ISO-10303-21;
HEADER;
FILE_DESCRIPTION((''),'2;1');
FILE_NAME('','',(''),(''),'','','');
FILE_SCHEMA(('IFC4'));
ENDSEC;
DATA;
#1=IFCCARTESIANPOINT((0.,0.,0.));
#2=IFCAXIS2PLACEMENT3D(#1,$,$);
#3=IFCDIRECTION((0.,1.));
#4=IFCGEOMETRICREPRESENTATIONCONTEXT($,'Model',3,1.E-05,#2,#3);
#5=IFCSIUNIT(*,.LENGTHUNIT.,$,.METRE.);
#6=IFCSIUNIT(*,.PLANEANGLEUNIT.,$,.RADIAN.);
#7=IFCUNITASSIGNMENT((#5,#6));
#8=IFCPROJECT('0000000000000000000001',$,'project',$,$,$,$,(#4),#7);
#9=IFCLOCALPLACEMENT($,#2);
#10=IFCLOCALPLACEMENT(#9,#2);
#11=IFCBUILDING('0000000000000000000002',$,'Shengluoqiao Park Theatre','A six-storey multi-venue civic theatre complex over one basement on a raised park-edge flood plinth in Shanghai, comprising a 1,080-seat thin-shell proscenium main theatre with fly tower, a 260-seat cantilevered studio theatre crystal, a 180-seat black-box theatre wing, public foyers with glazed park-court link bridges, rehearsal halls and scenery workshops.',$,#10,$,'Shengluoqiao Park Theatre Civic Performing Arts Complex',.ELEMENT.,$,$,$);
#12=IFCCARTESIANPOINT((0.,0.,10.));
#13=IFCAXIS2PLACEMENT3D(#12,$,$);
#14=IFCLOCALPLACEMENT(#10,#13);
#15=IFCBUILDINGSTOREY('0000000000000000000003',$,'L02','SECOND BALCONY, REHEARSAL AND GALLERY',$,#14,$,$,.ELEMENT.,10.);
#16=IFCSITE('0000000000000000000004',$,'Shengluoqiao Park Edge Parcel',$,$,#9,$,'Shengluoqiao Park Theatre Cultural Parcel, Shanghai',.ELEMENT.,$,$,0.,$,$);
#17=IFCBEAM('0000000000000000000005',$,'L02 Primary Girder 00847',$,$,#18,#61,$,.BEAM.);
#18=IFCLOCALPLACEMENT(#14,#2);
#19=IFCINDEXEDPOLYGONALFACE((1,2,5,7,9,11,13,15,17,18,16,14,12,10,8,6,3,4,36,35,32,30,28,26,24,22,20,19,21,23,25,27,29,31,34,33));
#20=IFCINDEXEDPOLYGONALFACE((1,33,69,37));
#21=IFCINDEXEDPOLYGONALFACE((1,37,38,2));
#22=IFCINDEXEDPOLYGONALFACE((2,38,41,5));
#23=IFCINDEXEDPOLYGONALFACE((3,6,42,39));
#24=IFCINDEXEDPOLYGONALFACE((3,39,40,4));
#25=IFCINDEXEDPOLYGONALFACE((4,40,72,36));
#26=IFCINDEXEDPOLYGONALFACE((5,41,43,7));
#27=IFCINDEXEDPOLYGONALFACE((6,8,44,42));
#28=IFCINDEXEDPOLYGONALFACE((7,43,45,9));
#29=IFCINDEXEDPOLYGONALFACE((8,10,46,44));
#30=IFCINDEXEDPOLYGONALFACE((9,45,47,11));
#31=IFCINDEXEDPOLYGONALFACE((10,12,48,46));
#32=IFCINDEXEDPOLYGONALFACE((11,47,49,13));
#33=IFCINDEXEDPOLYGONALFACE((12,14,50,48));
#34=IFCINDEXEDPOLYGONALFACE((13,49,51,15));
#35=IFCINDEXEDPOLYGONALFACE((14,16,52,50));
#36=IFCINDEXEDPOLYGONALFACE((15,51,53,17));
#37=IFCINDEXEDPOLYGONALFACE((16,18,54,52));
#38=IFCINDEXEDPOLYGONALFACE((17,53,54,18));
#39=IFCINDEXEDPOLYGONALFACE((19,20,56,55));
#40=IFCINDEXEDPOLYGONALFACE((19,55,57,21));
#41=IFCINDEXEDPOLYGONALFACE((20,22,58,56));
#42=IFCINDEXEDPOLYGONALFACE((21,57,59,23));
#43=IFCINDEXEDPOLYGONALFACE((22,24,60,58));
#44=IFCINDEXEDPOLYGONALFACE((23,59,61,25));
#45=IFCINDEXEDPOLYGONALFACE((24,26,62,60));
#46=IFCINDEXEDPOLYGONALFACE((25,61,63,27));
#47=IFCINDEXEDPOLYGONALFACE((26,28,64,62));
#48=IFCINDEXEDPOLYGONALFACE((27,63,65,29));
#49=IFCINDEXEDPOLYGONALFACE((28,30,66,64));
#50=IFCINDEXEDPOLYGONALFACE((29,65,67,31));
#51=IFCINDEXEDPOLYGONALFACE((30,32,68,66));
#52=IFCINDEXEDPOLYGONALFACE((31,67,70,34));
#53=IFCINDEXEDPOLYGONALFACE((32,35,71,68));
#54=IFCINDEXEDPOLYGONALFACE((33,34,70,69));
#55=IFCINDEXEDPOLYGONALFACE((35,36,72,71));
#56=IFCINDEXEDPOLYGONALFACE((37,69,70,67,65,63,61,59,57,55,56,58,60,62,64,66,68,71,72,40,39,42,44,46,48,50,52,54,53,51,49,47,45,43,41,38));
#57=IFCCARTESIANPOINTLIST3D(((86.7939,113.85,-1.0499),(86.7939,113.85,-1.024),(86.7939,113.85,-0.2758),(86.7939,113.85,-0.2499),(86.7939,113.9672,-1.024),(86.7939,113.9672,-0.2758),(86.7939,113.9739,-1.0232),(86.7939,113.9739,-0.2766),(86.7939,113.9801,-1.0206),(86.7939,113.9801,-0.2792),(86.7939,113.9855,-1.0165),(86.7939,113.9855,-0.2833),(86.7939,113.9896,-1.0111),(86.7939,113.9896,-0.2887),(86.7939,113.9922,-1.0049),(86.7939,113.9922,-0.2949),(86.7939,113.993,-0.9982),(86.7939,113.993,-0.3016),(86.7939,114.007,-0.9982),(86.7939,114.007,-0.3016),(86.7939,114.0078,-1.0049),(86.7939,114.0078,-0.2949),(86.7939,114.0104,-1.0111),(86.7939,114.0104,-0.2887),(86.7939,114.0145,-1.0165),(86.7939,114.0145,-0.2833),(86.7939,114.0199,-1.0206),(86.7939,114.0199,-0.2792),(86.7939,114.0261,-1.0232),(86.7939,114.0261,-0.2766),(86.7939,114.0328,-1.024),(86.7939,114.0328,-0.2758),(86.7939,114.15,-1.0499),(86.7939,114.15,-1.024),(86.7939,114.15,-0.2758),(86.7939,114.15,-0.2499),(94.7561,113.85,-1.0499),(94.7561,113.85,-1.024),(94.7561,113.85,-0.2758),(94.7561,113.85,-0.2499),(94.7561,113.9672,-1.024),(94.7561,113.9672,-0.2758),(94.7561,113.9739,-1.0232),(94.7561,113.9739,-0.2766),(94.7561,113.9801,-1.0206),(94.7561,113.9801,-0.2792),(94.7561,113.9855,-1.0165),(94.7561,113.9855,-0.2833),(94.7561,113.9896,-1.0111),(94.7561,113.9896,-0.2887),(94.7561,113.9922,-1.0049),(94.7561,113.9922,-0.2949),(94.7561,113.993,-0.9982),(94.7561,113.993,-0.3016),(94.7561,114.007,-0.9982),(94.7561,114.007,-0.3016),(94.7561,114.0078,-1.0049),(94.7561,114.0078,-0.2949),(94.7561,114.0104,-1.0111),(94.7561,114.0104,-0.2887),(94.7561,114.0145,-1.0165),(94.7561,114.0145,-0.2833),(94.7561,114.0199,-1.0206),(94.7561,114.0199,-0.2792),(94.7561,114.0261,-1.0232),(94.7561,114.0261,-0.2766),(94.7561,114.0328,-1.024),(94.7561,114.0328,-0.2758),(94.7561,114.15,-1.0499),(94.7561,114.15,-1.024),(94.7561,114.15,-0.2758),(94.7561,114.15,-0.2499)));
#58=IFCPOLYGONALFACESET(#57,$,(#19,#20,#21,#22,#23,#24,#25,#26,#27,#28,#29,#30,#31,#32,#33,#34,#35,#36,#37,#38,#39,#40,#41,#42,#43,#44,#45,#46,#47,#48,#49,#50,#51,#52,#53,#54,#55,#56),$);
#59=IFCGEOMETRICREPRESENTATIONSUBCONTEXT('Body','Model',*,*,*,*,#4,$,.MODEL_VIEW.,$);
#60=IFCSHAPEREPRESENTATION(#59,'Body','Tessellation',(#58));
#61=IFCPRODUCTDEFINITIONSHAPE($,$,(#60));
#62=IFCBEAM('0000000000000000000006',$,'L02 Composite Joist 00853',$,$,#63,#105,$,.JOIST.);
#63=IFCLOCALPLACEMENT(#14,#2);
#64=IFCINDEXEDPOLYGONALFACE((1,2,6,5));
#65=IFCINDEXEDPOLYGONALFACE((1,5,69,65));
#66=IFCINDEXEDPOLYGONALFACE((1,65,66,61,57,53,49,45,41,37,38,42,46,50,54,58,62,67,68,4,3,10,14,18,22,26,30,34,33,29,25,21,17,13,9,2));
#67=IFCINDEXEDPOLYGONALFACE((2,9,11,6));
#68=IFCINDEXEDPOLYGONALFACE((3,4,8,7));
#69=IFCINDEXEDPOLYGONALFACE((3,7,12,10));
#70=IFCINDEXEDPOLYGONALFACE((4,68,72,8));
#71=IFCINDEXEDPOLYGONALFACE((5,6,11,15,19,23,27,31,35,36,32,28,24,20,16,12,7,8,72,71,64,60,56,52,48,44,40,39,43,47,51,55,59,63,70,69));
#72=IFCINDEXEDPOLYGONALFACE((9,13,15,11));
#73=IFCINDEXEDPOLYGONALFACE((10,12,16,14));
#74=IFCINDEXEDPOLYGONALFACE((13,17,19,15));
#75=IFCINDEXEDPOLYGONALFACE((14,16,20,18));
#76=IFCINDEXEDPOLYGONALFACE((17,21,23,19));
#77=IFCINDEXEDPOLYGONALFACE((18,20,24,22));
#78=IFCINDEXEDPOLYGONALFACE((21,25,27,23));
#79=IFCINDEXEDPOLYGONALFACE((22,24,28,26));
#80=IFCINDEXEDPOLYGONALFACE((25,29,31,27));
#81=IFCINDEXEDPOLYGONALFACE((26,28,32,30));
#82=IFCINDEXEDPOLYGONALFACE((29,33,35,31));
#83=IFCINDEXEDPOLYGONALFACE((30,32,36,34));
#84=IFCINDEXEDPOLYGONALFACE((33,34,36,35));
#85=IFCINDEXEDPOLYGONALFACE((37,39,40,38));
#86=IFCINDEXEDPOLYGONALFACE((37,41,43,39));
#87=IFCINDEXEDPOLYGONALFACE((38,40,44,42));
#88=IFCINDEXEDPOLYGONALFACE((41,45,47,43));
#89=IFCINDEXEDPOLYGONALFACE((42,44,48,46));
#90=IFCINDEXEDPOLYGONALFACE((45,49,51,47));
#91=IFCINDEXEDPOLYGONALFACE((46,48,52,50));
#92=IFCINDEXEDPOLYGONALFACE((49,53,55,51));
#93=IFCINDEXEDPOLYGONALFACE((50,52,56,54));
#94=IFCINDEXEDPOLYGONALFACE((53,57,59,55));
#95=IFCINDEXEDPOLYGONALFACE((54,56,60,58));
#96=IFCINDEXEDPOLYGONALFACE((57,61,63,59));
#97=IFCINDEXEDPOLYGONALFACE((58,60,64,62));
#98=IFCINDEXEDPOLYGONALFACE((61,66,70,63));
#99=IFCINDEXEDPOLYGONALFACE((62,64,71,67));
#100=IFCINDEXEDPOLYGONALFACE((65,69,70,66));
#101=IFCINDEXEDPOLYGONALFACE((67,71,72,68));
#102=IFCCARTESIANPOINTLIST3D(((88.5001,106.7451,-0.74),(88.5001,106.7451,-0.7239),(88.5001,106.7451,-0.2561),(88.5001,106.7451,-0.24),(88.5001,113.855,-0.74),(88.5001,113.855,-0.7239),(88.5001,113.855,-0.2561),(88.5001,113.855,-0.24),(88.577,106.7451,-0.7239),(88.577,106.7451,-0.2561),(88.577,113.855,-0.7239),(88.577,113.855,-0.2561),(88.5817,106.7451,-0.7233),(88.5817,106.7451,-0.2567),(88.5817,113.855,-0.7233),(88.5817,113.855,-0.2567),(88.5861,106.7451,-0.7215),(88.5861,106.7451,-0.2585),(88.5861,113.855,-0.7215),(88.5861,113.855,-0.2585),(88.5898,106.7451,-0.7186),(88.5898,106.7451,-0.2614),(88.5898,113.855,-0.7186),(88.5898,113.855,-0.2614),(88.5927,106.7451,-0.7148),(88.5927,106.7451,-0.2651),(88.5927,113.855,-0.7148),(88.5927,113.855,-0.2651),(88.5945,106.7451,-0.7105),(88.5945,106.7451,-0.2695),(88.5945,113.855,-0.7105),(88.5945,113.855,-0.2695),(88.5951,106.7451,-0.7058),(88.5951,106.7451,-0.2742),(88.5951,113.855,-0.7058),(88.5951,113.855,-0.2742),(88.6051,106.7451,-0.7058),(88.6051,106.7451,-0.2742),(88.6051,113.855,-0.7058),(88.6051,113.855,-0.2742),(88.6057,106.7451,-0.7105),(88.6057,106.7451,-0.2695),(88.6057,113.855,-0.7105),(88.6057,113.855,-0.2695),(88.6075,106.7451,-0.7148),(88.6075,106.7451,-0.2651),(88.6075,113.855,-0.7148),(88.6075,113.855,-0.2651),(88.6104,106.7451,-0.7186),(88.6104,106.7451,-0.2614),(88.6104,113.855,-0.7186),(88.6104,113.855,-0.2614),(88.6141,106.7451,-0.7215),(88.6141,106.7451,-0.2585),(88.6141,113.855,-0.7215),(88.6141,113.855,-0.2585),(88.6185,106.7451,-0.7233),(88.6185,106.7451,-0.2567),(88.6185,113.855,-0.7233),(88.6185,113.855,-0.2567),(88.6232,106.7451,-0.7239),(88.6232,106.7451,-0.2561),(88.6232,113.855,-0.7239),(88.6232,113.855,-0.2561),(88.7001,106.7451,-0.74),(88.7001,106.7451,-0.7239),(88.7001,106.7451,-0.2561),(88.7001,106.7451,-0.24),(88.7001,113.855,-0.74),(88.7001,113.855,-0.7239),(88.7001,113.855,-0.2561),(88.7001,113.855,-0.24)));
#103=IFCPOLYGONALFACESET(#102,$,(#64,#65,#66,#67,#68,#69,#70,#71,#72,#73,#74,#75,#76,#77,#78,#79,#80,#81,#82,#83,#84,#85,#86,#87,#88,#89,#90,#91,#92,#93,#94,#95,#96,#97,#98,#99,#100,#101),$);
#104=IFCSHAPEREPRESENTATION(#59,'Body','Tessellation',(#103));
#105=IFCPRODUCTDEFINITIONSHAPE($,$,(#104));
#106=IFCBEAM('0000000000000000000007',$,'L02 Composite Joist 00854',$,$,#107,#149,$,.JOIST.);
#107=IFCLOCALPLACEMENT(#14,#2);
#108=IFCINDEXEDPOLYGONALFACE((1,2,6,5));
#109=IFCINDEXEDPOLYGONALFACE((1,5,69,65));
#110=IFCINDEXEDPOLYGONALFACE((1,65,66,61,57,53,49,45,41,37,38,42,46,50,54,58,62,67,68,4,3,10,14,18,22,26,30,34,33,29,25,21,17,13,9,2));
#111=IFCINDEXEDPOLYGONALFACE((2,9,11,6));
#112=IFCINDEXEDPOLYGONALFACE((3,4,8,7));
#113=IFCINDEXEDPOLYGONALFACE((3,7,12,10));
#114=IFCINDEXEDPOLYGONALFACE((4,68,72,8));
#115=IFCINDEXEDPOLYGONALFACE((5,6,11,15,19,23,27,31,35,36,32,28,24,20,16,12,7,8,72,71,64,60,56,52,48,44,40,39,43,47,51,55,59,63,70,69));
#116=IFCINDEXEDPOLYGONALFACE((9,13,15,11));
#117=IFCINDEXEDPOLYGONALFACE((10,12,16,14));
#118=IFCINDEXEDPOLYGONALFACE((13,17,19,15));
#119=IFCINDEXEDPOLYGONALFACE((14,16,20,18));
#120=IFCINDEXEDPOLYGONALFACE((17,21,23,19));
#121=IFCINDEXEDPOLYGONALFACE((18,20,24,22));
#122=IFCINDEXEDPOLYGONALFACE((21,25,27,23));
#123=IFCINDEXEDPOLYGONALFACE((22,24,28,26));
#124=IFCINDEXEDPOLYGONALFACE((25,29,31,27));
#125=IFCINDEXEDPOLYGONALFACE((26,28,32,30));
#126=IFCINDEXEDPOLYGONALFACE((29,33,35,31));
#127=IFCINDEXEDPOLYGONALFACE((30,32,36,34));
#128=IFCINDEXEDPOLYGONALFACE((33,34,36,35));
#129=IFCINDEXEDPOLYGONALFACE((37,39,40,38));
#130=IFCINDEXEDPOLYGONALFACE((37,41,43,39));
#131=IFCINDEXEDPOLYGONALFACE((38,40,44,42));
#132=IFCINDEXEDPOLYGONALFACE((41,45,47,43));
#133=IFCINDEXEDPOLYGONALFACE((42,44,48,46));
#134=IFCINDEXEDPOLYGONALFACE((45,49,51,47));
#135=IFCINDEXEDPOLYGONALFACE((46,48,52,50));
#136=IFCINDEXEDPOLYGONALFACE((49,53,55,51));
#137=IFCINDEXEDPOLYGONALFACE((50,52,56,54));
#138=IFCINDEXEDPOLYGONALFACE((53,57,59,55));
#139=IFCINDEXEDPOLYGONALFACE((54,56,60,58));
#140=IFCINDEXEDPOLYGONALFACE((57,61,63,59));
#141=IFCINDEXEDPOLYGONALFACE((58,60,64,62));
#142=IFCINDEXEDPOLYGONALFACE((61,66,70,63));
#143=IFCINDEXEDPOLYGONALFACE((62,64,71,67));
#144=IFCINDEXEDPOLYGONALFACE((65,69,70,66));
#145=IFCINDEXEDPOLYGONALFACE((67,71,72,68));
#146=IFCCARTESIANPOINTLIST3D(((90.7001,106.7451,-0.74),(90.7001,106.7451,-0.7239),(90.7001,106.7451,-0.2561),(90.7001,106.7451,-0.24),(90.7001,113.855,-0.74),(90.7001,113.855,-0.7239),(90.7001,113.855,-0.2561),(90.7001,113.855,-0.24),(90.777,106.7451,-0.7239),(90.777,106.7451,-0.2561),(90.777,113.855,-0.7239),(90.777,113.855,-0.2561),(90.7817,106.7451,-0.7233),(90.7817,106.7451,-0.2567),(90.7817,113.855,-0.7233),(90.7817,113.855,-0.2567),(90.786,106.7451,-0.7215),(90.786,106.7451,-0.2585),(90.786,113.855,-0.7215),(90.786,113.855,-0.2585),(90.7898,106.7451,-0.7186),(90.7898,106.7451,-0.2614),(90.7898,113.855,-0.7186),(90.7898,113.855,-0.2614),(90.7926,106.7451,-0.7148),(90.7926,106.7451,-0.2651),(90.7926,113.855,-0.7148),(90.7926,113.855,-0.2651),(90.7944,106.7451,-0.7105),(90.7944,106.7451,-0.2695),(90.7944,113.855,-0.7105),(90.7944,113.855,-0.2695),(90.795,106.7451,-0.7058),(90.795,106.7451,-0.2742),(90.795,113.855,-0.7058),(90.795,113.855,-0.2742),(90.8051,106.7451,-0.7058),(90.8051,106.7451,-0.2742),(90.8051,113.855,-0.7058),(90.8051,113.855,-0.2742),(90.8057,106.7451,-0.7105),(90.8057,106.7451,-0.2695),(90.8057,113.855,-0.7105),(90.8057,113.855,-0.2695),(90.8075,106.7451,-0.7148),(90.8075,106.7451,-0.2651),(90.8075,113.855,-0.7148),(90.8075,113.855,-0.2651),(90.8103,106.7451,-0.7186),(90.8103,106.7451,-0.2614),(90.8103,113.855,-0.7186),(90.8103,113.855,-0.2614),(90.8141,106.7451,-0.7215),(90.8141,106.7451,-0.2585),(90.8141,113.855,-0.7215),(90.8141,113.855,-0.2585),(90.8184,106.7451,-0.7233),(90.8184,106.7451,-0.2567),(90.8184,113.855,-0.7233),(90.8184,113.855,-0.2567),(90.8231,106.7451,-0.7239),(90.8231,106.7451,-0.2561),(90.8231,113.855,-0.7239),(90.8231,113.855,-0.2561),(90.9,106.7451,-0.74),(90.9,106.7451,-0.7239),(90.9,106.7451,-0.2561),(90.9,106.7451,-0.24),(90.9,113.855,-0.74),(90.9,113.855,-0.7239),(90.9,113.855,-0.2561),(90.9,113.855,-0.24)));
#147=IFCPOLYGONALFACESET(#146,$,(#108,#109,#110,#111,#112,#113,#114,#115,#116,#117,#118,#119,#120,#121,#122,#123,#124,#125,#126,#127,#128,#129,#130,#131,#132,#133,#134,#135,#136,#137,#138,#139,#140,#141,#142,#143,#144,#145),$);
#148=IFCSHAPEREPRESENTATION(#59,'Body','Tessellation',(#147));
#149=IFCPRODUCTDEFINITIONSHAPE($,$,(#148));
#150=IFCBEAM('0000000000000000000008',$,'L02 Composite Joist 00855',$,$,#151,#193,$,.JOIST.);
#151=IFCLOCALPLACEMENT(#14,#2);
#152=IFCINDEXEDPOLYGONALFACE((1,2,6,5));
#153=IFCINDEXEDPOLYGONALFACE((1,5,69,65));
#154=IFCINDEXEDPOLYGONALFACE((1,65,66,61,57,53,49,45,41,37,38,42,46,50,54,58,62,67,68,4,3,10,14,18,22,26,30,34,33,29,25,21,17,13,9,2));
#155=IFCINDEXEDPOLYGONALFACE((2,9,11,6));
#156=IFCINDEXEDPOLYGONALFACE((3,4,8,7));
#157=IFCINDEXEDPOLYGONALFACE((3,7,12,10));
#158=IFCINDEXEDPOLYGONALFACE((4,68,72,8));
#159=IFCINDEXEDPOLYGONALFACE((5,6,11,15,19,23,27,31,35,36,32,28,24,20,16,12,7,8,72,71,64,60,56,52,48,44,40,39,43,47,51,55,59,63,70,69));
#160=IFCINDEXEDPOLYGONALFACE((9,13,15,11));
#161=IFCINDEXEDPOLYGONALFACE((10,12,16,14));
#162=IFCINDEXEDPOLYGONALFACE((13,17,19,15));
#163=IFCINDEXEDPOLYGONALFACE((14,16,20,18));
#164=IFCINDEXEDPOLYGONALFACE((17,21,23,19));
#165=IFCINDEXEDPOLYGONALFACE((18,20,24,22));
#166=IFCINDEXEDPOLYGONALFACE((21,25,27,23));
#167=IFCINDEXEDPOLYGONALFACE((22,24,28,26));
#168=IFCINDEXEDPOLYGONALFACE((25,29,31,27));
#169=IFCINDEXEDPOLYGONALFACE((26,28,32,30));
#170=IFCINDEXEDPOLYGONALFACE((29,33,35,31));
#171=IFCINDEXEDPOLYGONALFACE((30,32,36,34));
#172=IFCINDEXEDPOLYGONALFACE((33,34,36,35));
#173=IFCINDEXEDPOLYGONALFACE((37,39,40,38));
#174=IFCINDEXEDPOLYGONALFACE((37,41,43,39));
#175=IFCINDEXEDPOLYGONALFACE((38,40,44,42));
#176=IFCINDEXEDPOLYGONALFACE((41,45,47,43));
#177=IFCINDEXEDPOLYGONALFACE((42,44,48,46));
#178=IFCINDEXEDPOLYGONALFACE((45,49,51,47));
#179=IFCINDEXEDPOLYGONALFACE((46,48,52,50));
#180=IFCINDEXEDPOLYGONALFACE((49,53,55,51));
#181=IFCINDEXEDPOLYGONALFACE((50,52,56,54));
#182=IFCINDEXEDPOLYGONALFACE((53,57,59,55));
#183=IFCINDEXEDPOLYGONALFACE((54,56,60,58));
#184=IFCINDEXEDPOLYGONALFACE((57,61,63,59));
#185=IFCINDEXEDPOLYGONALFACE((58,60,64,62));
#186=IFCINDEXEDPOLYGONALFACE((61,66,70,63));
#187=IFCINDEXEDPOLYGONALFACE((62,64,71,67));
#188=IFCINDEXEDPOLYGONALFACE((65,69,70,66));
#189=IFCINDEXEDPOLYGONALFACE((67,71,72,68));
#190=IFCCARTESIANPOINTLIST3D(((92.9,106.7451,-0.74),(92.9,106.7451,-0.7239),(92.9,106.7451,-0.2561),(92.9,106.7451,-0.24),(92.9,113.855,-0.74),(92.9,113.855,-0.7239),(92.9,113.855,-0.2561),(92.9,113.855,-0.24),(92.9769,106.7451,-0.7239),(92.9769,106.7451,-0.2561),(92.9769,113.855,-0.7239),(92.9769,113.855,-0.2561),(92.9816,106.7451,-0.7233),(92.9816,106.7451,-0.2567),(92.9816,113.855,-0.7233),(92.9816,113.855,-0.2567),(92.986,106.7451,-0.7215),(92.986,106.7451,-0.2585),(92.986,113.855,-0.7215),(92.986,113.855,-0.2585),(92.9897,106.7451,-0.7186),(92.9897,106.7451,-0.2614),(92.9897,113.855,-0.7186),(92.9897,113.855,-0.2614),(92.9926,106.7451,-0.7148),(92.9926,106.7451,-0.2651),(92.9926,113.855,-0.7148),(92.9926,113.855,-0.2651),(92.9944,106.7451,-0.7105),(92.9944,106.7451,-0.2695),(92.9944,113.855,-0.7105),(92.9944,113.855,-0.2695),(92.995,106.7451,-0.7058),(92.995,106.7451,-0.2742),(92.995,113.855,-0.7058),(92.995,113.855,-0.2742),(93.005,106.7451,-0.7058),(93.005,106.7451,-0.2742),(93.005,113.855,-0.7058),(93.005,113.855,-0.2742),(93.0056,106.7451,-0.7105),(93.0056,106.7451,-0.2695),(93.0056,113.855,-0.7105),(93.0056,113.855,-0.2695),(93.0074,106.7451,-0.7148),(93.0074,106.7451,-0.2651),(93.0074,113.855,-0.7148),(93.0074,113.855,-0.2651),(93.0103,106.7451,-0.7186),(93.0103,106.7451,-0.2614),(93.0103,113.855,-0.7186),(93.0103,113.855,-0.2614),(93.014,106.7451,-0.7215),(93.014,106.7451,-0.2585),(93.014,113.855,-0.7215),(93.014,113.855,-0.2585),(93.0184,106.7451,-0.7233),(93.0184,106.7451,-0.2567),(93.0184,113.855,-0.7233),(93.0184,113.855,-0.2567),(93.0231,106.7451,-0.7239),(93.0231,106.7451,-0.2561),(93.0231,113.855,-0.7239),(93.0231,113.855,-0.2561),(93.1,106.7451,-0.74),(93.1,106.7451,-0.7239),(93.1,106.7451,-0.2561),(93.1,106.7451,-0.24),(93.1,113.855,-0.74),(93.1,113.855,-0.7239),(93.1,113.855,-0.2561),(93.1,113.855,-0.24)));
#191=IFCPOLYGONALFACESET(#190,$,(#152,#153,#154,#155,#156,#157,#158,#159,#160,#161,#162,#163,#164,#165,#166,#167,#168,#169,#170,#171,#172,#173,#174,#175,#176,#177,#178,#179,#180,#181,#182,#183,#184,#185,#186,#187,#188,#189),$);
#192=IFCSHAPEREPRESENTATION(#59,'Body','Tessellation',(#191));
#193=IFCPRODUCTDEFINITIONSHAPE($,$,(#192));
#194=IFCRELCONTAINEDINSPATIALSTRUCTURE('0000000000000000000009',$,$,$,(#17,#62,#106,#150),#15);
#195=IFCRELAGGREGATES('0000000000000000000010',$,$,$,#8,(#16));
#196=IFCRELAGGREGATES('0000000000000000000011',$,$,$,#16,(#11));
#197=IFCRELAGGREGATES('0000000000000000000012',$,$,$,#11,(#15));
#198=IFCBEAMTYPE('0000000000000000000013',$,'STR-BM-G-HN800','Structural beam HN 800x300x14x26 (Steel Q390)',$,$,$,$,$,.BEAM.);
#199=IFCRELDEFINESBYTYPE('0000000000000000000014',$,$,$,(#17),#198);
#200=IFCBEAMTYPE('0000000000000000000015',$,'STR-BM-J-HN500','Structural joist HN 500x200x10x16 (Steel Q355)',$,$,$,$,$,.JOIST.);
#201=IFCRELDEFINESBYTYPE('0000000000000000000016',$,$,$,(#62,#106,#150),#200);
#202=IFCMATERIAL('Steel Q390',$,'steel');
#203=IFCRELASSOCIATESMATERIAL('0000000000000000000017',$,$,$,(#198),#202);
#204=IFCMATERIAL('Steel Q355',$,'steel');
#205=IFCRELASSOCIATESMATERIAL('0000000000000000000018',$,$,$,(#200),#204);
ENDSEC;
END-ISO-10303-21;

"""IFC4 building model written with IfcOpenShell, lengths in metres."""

from ifc_helpers import new_model, si_unit, direction, frame, origin, origin_2d, place, context, subcontext, project, spatial, i_section, extrude, material, material_profile, profile_set, type_object, element, save


model = new_model("IFC4")

# Units and contexts
model_context = context("Model", 3, precision=1e-05, world=origin(), true_north=direction((0.0, 1.0)))
body_context = subcontext(model_context, "Body", "Model", "MODEL_VIEW")
ifc_project = project(units=[si_unit("LENGTHUNIT", "METRE"), si_unit("PLANEANGLEUNIT", "RADIAN")], contexts=[model_context])

# Site, building, storey
site_placement = place(None, origin())
site = spatial("IfcSite", under=ifc_project, at=site_placement, Name="Shengluoqiao Park Edge Parcel", LongName="Shengluoqiao Park Theatre Cultural Parcel, Shanghai", CompositionType="ELEMENT", RefElevation=0.0)
building_placement = place(site_placement, origin())
building = spatial("IfcBuilding", under=site, at=building_placement, Name="Shengluoqiao Park Theatre", Description="A six-storey multi-venue civic theatre complex over one basement on a raised park-edge flood plinth in Shanghai, comprising a 1,080-seat thin-shell proscenium main theatre with fly tower, a 260-seat cantilevered studio theatre crystal, a 180-seat black-box theatre wing, public foyers with glazed park-court link bridges, rehearsal halls and scenery workshops.", LongName="Shengluoqiao Park Theatre Civic Performing Arts Complex", CompositionType="ELEMENT")
storey_placement = place(building_placement, frame((0.0, 0.0, 10.0)))
storey = spatial("IfcBuildingStorey", under=building, at=storey_placement, Name="L02", Description="SECOND BALCONY, REHEARSAL AND GALLERY", CompositionType="ELEMENT", Elevation=10.0)

# Beams
ifc_material_1 = material(Name="Steel Q355", Category="steel")
ifc_material_2 = material(Name="Steel Q390", Category="steel")
ifc_material_profile_1 = material_profile(ifc_material_2, i_section(OverallWidth=0.3, OverallDepth=0.8, WebThickness=0.0139, FlangeThickness=0.0259, FilletRadius=0.0259, at=origin_2d()), Name="HN 800x300x14x26")
ifc_profile_set_1 = profile_set([ifc_material_profile_1], Name="Steel Q390")
beam_type_1 = type_object("IfcBeamType", Name="STR-BM-G-HN800", Description="Structural beam HN 800x300x14x26 (Steel Q390)", PredefinedType="BEAM", material=ifc_profile_set_1)
for number, where, z_axis, x_axis, name in (
    (1, (86.7939, 114.0, -0.6499), (1.0, 0.0, 0.0), (0.0, 1.0, 0.0), "L02 Primary Girder 00847"),
):
    element("IfcBeam", number, at=place(storey_placement, frame(where, z_axis=z_axis, x_axis=x_axis)), inside=storey, type_object=beam_type_1, Name=name, PredefinedType="BEAM", context=body_context, shape_type="SweptSolid", body=[
        extrude(i_section(OverallWidth=0.3, OverallDepth=0.8, WebThickness=0.0139, FlangeThickness=0.0259, FilletRadius=0.0259, at=origin_2d()), origin(), (0.0, 0.0, 1.0), 7.9622),
    ])
ifc_material_profile_2 = material_profile(ifc_material_1, i_section(OverallWidth=0.2, OverallDepth=0.5, WebThickness=0.01, FlangeThickness=0.0161, FilletRadius=0.0181, at=origin_2d()), Name="HN 500x200x10x16")
ifc_profile_set_2 = profile_set([ifc_material_profile_2], Name="Steel Q355")
beam_type_2 = type_object("IfcBeamType", Name="STR-BM-J-HN500", Description="Structural joist HN 500x200x10x16 (Steel Q355)", PredefinedType="JOIST", material=ifc_profile_set_2)
for number, where, z_axis, x_axis, name in (
    (2, (88.6001, 106.7451, -0.49), (0.0, 1.0, 0.0), (-1.0, 0.0, 0.0), "L02 Composite Joist 00853"),
    (3, (90.8, 106.7451, -0.49), (0.0, 1.0, 0.0), (-1.0, 0.0, 0.0), "L02 Composite Joist 00854"),
    (4, (93.0, 106.7451, -0.49), (0.0, 1.0, 0.0), (-1.0, 0.0, 0.0), "L02 Composite Joist 00855"),
):
    element("IfcBeam", number, at=place(storey_placement, frame(where, z_axis=z_axis, x_axis=x_axis)), inside=storey, type_object=beam_type_2, Name=name, PredefinedType="JOIST", context=body_context, shape_type="SweptSolid", body=[
        extrude(i_section(OverallWidth=0.2, OverallDepth=0.5, WebThickness=0.01, FlangeThickness=0.0161, FilletRadius=0.0181, at=origin_2d()), origin(), (0.0, 0.0, 1.0), 7.1099),
    ])

save(model, "model.ifc")
